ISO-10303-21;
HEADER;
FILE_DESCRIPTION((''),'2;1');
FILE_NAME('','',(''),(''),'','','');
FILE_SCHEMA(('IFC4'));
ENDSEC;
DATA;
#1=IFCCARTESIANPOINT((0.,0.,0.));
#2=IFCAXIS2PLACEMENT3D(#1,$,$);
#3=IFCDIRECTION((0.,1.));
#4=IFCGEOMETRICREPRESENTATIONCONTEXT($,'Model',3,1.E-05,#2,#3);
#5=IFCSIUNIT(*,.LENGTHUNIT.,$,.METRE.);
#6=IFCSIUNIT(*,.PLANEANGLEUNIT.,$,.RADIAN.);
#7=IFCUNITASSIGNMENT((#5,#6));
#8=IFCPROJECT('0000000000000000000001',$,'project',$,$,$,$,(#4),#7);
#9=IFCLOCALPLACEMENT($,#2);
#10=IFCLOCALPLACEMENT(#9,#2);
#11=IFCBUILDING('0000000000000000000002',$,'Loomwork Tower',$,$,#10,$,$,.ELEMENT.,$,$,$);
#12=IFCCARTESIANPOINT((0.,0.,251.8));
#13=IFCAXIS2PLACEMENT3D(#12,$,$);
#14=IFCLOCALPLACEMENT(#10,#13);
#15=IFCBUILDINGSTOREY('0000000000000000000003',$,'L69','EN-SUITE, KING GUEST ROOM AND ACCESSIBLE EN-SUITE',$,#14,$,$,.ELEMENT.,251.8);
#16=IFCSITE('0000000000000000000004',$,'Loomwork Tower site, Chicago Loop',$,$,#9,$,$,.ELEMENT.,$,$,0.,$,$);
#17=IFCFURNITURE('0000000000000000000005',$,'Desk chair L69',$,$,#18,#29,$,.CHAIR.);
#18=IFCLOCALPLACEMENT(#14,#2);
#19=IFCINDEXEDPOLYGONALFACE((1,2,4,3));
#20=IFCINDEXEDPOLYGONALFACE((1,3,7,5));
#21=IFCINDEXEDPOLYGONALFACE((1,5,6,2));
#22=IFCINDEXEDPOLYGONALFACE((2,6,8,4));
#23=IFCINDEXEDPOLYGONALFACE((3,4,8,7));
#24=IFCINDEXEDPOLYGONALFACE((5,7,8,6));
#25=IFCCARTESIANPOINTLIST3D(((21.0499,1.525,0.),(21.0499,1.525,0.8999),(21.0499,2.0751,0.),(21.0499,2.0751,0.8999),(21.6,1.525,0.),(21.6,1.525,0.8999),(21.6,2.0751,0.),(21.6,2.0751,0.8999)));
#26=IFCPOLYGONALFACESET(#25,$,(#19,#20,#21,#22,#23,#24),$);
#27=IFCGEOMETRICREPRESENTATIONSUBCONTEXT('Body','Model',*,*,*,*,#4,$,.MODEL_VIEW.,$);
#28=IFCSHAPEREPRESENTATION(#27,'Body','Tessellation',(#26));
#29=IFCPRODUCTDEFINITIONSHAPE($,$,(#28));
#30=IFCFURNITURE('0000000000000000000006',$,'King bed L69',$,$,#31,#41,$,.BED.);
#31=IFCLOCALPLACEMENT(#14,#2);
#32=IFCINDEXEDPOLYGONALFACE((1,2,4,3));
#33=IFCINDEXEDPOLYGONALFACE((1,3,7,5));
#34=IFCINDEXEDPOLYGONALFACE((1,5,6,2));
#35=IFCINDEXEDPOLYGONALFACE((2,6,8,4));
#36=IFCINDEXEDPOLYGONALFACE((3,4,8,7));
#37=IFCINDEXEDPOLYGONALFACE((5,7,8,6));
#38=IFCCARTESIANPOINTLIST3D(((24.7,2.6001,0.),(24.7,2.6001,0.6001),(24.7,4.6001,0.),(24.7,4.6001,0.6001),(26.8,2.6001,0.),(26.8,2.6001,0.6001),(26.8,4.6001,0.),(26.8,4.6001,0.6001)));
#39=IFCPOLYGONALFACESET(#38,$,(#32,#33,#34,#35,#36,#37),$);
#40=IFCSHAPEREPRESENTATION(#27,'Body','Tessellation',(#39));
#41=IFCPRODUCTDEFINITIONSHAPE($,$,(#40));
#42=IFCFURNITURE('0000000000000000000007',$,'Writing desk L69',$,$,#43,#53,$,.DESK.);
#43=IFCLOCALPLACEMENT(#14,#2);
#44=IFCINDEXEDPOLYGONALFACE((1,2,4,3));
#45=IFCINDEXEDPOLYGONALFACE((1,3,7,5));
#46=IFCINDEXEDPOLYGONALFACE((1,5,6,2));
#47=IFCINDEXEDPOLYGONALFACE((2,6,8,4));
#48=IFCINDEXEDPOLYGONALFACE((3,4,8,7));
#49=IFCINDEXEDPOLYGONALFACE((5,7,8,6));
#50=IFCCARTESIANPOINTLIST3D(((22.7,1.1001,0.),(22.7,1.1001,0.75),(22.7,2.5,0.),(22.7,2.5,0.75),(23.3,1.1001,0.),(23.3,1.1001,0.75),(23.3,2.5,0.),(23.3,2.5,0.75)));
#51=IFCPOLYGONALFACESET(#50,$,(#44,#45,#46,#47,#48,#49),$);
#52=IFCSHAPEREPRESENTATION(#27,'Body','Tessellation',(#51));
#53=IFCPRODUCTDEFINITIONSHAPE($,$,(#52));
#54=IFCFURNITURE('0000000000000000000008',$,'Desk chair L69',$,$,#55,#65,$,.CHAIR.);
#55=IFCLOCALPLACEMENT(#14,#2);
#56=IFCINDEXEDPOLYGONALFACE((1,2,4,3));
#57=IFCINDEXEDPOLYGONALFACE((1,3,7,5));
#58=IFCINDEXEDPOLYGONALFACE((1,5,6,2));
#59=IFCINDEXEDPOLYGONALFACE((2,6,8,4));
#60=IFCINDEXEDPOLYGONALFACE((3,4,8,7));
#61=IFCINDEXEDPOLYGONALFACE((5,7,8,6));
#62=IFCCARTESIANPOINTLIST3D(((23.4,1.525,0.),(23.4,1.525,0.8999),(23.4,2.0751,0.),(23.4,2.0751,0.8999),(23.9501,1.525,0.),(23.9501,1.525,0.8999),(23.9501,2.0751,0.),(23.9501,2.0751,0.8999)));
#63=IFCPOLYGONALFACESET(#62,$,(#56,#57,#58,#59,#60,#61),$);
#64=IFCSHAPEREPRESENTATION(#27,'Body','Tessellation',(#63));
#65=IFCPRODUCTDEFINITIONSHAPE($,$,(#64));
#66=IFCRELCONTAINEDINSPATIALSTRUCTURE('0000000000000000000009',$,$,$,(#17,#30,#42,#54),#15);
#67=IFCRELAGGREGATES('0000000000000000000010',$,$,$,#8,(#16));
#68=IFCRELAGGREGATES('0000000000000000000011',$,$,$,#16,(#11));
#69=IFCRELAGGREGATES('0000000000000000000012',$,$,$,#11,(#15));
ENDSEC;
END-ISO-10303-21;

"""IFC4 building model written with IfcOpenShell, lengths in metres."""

from ifc_helpers import new_model, si_unit, direction, frame, origin, origin_2d, place, context, subcontext, project, spatial, rectangle, extrude, element, save


model = new_model("IFC4")

# Units and contexts
model_context = context("Model", 3, precision=1e-05, world=origin(), true_north=direction((0.0, 1.0)))
body_context = subcontext(model_context, "Body", "Model", "MODEL_VIEW")
ifc_project = project(units=[si_unit("LENGTHUNIT", "METRE"), si_unit("PLANEANGLEUNIT", "RADIAN")], contexts=[model_context])

# Site, building, storey
site_placement = place(None, origin())
site = spatial("IfcSite", under=ifc_project, at=site_placement, Name="Loomwork Tower site, Chicago Loop", CompositionType="ELEMENT", RefElevation=0.0)
building_placement = place(site_placement, origin())
building = spatial("IfcBuilding", under=site, at=building_placement, Name="Loomwork Tower", CompositionType="ELEMENT")
storey_placement = place(building_placement, frame((0.0, 0.0, 251.8)))
storey = spatial("IfcBuildingStorey", under=building, at=storey_placement, Name="L69", Description="EN-SUITE, KING GUEST ROOM AND ACCESSIBLE EN-SUITE", CompositionType="ELEMENT", Elevation=251.8)

# Furniture
furniture_1_placement = place(storey_placement, frame((21.325, 1.8, 0.0), z_axis=(0.0, 0.0, 1.0), x_axis=(1.0, 0.0, 0.0)))
element("IfcFurniture", 1, at=furniture_1_placement, inside=storey, Name="Desk chair L69", PredefinedType="CHAIR", context=body_context, shape_type="SweptSolid", body=[
    extrude(rectangle(XDim=0.55, YDim=0.55, at=origin_2d()), origin(), (0.0, 0.0, 1.0), 0.8999),
])
furniture_2_placement = place(storey_placement, frame((25.75, 3.6001, 0.0), z_axis=(0.0, 0.0, 1.0), x_axis=(1.0, 0.0, 0.0)))
element("IfcFurniture", 2, at=furniture_2_placement, inside=storey, Name="King bed L69", PredefinedType="BED", context=body_context, shape_type="SweptSolid", body=[
    extrude(rectangle(XDim=2.1001, YDim=2.0, at=origin_2d()), origin(), (0.0, 0.0, 1.0), 0.6001),
])
furniture_3_placement = place(storey_placement, frame((23.0, 1.8, 0.0), z_axis=(0.0, 0.0, 1.0), x_axis=(1.0, 0.0, 0.0)))
element("IfcFurniture", 3, at=furniture_3_placement, inside=storey, Name="Writing desk L69", PredefinedType="DESK", context=body_context, shape_type="SweptSolid", body=[
    extrude(rectangle(XDim=0.6001, YDim=1.3999, at=origin_2d()), origin(), (0.0, 0.0, 1.0), 0.75),
])
furniture_4_placement = place(storey_placement, frame((23.675, 1.8, 0.0), z_axis=(0.0, 0.0, 1.0), x_axis=(1.0, 0.0, 0.0)))
element("IfcFurniture", 4, at=furniture_4_placement, inside=storey, Name="Desk chair L69", PredefinedType="CHAIR", context=body_context, shape_type="SweptSolid", body=[
    extrude(rectangle(XDim=0.55, YDim=0.55, at=origin_2d()), origin(), (0.0, 0.0, 1.0), 0.8999),
])

save(model, "model.ifc")
